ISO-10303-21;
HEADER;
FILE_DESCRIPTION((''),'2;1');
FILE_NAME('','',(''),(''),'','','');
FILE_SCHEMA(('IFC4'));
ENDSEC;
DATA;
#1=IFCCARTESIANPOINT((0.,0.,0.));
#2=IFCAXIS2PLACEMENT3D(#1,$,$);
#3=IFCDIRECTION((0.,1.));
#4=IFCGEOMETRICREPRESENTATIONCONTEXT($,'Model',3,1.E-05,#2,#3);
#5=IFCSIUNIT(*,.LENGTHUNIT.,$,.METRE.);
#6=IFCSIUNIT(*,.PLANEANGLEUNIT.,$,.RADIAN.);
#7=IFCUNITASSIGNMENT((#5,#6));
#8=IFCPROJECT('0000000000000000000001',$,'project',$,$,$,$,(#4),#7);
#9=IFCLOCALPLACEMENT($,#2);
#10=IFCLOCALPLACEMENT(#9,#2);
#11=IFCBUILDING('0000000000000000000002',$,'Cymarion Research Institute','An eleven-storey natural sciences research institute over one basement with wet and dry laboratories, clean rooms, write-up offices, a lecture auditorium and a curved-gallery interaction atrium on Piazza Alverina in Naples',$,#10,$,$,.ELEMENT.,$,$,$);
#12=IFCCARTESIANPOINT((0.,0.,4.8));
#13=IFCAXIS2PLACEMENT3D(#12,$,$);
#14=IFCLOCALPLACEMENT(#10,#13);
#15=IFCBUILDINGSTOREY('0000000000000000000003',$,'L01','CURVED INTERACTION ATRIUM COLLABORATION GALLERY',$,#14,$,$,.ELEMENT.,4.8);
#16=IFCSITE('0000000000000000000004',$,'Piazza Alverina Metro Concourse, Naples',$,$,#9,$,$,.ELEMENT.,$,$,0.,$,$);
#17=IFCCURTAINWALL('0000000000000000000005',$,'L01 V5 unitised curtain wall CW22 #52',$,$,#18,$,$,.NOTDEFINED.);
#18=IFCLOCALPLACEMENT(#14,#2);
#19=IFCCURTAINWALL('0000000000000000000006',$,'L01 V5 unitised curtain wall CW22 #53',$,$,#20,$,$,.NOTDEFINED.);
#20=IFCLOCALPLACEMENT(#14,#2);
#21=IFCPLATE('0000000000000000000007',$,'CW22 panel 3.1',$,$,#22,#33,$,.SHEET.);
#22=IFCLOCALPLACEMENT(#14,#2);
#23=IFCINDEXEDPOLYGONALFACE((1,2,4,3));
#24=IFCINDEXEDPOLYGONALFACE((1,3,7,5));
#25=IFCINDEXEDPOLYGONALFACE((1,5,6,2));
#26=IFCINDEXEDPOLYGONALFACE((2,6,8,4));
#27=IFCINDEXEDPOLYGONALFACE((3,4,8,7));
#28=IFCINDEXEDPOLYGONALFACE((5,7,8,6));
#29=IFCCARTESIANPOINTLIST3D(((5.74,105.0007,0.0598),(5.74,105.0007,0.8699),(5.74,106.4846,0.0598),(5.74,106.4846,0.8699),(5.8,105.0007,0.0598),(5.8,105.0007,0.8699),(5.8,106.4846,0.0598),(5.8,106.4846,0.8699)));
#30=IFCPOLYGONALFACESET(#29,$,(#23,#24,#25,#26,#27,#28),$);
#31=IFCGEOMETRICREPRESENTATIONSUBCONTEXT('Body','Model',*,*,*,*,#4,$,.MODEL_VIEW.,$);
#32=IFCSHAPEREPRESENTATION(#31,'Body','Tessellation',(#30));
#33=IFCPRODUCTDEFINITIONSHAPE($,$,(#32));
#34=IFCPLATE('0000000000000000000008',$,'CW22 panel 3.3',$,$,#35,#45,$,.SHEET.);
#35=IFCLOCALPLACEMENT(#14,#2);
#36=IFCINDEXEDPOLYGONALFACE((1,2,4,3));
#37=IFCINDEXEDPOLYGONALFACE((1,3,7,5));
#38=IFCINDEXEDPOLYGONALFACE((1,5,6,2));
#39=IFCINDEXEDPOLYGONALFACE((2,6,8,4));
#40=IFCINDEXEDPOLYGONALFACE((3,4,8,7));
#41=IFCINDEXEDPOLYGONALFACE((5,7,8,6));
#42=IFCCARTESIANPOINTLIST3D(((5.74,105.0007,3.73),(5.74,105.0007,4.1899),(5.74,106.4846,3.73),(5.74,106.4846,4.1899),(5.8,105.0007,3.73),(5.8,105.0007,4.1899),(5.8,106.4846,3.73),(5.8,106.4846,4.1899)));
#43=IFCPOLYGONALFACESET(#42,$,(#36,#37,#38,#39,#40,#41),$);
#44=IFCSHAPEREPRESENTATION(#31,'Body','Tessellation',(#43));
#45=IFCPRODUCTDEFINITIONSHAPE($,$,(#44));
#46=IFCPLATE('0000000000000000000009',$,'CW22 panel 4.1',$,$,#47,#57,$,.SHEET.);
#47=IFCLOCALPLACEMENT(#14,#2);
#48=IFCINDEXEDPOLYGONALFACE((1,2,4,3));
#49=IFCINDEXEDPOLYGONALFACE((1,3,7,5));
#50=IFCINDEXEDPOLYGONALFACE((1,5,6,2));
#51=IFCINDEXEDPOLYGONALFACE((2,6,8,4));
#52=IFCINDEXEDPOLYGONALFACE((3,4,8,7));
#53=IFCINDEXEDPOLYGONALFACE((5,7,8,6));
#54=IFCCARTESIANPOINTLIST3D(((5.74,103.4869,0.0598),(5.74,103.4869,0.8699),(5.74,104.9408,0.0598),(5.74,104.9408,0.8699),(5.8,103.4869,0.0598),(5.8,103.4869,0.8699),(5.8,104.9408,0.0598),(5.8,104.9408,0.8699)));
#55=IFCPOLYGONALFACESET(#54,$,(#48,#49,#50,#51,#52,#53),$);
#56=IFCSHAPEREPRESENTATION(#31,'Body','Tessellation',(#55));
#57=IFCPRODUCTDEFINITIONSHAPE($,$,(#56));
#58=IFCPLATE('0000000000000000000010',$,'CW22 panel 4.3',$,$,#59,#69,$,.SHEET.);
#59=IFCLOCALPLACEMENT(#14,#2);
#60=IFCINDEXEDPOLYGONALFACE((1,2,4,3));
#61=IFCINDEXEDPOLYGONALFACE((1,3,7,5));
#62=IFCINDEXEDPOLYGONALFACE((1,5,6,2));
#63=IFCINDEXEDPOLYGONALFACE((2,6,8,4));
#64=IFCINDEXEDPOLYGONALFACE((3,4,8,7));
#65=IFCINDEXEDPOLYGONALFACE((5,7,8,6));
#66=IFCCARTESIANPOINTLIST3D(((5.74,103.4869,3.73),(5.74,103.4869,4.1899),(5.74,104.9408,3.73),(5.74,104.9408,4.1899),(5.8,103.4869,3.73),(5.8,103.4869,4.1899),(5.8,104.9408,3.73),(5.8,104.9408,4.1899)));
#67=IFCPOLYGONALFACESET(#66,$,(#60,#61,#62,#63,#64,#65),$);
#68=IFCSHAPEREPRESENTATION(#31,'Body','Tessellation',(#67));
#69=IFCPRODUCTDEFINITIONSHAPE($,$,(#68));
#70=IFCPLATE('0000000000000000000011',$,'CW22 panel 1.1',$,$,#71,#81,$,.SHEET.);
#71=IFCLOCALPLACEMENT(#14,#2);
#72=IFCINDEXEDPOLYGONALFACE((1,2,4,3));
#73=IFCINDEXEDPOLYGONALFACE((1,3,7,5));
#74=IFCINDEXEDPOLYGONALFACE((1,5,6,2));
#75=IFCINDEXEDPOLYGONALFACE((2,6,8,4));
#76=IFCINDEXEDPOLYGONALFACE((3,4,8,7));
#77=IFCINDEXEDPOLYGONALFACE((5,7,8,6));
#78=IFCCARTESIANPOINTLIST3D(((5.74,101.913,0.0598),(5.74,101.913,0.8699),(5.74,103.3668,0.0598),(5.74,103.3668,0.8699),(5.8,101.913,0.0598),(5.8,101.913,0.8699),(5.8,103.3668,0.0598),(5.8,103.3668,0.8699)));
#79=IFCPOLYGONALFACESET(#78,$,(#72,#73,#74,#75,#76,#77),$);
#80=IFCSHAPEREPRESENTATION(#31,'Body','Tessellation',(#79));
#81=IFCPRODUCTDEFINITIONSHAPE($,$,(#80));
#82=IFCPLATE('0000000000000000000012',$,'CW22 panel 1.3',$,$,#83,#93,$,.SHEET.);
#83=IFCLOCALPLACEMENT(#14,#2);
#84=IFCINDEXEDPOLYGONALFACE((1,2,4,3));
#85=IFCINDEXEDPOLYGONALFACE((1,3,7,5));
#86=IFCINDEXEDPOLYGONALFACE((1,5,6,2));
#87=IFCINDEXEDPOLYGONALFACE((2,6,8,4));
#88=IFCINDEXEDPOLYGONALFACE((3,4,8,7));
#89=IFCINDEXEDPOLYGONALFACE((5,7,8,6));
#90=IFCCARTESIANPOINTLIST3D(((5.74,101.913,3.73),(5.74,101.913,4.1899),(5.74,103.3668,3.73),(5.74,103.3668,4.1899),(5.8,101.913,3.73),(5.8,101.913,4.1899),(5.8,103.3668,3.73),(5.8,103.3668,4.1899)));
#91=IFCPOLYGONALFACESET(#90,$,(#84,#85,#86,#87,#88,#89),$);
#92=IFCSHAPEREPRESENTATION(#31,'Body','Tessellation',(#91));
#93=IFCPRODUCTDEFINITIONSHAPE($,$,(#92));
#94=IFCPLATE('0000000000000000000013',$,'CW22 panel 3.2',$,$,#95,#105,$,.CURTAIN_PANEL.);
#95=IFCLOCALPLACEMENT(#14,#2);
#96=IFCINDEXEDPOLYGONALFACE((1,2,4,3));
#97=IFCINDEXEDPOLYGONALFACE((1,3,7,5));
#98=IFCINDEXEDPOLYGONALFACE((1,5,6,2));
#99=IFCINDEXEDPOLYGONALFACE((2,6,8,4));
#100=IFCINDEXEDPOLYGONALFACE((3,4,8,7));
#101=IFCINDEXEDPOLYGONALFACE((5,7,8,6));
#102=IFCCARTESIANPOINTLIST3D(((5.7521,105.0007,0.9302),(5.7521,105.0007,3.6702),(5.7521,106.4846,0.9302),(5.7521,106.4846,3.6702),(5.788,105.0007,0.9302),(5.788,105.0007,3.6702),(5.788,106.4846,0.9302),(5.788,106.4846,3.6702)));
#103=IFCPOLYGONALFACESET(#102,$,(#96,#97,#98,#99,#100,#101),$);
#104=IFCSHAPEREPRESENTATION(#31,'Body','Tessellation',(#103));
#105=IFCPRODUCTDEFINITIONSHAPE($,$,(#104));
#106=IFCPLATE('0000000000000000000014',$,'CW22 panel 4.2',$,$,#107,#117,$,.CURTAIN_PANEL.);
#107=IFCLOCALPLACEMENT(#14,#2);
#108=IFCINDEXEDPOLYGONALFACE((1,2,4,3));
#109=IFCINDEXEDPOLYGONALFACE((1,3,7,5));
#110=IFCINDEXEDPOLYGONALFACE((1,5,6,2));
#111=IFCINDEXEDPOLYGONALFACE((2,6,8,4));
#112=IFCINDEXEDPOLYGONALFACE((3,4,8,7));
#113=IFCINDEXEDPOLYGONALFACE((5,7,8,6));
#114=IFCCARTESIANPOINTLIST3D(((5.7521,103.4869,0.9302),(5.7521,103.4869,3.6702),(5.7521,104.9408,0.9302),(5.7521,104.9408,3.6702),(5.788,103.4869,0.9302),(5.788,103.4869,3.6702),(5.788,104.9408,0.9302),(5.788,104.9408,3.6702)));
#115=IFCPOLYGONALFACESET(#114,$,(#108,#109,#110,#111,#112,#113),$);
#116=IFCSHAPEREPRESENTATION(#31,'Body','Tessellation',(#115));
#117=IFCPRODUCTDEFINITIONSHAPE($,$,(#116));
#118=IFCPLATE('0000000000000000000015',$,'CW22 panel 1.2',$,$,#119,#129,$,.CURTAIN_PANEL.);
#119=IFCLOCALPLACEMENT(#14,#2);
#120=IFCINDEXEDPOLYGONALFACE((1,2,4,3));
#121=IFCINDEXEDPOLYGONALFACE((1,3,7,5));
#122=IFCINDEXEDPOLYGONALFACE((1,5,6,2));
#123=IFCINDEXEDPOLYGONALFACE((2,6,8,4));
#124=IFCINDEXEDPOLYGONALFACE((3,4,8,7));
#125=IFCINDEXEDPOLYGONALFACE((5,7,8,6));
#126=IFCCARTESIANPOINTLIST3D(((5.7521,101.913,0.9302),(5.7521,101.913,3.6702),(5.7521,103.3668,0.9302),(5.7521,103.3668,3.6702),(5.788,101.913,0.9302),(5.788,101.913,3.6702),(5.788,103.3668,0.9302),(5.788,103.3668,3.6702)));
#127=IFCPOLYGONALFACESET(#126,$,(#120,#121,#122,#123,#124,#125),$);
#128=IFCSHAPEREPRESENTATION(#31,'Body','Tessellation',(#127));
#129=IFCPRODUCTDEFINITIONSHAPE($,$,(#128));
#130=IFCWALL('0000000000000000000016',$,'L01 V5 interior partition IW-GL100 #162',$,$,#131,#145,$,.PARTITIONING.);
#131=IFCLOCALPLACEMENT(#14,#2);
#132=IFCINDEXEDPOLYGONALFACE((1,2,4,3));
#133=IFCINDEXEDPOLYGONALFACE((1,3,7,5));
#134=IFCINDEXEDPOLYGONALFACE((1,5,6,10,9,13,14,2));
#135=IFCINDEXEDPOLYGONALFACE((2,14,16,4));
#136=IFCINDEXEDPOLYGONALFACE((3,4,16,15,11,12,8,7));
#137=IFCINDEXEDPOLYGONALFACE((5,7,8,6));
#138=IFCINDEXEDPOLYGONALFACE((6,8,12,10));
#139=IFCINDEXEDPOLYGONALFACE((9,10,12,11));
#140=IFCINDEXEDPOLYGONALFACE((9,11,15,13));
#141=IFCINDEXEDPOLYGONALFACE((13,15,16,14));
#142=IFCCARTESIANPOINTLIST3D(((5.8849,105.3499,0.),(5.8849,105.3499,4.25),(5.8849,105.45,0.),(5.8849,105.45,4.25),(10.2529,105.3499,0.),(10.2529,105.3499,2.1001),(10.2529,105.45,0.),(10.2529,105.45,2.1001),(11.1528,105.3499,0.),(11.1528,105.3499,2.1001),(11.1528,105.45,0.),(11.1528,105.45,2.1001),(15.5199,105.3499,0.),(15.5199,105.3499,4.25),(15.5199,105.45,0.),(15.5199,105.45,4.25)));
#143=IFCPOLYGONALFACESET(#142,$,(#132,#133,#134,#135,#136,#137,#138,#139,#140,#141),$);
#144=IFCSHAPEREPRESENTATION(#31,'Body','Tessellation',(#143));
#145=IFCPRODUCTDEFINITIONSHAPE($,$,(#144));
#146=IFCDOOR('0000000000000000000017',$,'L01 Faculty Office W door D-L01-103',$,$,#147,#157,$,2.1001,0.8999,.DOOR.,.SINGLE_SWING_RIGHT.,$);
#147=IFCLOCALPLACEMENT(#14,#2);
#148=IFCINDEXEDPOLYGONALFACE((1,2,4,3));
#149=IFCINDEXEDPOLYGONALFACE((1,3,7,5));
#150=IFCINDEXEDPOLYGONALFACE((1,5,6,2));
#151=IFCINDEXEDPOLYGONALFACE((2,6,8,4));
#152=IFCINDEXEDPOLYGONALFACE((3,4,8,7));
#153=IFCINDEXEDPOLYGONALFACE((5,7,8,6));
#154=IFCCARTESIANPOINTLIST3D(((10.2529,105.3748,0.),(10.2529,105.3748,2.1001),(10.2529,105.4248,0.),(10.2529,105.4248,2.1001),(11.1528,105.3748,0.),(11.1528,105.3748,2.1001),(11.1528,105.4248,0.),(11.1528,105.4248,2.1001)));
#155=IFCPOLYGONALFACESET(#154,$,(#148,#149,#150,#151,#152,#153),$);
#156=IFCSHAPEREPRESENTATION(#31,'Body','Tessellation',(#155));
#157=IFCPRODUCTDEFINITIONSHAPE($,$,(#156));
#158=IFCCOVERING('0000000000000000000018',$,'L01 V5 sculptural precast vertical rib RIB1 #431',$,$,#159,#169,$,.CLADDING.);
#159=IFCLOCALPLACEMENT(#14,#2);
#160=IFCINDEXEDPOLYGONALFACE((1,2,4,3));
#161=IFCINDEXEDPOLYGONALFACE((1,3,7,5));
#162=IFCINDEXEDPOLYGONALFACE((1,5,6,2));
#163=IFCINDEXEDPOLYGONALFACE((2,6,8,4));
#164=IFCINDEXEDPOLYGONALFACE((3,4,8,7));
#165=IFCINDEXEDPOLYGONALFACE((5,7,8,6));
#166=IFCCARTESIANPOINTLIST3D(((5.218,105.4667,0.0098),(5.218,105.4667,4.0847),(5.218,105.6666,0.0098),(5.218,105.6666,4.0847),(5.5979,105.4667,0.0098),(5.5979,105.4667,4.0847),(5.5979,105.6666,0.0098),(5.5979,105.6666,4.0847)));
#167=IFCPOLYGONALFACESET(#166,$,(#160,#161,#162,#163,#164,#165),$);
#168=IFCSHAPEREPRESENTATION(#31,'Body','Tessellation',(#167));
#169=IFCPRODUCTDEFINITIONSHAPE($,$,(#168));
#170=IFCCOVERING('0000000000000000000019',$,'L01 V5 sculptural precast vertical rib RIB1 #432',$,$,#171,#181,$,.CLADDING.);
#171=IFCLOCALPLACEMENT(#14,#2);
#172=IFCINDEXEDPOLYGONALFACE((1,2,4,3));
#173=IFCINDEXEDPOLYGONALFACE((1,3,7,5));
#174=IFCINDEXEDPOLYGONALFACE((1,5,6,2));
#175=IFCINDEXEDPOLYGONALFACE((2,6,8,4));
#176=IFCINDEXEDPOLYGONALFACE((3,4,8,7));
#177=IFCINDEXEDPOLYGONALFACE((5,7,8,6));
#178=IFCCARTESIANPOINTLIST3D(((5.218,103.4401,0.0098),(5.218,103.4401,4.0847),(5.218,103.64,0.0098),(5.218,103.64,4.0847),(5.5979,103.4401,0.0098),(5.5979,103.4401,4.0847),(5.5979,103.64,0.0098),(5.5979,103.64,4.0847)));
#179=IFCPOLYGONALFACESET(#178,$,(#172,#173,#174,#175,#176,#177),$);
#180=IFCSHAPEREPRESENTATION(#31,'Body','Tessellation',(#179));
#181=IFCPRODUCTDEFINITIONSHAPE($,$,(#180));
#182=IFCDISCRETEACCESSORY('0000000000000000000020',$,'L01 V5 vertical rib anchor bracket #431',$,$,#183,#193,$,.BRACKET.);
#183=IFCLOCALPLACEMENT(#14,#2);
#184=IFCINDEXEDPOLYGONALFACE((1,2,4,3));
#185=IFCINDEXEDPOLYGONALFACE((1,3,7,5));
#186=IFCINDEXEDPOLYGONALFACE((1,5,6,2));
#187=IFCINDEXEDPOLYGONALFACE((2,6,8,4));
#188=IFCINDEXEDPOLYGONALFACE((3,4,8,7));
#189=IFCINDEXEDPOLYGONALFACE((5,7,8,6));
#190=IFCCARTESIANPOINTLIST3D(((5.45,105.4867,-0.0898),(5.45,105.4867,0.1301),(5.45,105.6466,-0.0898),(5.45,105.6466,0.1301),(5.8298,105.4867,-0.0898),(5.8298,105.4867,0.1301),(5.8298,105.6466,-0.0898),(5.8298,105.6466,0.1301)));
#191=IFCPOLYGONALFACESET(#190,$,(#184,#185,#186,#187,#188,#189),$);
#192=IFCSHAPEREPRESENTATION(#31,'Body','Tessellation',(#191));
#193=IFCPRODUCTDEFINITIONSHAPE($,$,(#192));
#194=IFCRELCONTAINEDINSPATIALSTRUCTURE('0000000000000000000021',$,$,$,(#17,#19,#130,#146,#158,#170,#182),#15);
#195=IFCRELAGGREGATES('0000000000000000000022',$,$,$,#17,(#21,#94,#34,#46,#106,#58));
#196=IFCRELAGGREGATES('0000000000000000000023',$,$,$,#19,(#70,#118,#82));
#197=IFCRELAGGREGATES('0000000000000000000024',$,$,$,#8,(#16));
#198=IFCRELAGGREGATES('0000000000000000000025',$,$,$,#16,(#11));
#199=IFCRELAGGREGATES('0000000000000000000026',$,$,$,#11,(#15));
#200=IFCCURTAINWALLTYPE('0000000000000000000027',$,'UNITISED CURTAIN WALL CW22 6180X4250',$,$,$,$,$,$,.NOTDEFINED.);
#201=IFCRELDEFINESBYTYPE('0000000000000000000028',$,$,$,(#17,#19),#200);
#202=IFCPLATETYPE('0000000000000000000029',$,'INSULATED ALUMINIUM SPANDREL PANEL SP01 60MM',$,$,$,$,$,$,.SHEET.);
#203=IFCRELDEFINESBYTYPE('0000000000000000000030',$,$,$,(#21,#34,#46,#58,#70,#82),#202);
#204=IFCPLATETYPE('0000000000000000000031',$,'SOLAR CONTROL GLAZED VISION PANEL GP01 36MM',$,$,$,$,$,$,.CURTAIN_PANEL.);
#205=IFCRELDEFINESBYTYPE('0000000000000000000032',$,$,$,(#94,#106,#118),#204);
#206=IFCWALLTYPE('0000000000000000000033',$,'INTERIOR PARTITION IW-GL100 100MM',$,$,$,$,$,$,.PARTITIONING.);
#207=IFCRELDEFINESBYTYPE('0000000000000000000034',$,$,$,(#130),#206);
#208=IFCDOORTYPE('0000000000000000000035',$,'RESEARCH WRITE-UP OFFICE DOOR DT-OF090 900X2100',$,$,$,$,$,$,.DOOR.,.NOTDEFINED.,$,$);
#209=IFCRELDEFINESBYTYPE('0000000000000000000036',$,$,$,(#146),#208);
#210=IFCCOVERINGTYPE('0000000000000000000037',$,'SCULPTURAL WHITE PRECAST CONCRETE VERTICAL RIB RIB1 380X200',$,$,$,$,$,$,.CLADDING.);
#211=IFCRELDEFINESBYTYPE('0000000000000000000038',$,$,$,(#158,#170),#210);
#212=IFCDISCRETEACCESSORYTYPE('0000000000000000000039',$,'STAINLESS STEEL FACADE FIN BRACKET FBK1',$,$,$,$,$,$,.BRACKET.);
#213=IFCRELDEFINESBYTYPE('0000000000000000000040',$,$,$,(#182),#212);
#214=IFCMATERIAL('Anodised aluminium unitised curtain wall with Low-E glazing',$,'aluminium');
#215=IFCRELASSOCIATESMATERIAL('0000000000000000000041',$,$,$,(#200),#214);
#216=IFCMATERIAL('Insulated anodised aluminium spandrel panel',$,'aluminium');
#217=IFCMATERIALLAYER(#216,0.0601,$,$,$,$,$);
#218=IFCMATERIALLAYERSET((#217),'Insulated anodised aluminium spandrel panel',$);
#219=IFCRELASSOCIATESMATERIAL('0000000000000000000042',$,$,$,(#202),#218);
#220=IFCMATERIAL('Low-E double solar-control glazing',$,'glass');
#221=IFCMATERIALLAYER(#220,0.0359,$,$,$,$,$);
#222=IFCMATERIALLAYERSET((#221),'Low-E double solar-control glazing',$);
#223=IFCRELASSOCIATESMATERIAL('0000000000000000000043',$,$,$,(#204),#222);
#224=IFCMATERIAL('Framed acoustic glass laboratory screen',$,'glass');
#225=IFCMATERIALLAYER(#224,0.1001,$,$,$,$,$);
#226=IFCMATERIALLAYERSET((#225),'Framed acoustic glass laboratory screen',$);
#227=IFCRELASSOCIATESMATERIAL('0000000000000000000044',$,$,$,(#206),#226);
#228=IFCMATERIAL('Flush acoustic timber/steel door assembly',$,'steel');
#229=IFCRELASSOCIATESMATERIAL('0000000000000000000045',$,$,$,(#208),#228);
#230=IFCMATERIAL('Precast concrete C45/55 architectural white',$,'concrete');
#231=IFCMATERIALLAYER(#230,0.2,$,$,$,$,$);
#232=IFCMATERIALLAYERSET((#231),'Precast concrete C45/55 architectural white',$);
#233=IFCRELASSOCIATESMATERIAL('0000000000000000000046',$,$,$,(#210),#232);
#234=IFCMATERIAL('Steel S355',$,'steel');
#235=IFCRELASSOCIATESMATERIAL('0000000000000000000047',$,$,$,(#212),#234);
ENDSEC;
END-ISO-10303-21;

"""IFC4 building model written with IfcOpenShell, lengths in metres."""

from ifc_helpers import new_model, si_unit, direction, frame, frame_2d, origin, origin_2d, place, context, subcontext, project, spatial, rectangle, extrude, material, layer, layer_set, type_object, element, fill, aggregate, save


model = new_model("IFC4")

# Units and contexts
model_context = context("Model", 3, precision=1e-05, world=origin(), true_north=direction((0.0, 1.0)))
body_context = subcontext(model_context, "Body", "Model", "MODEL_VIEW")
ifc_project = project(units=[si_unit("LENGTHUNIT", "METRE"), si_unit("PLANEANGLEUNIT", "RADIAN")], contexts=[model_context])

# Site, building, storey
site_placement = place(None, origin())
site = spatial("IfcSite", under=ifc_project, at=site_placement, Name="Piazza Alverina Metro Concourse, Naples", CompositionType="ELEMENT", RefElevation=0.0)
building_placement = place(site_placement, origin())
building = spatial("IfcBuilding", under=site, at=building_placement, Name="Cymarion Research Institute", Description="An eleven-storey natural sciences research institute over one basement with wet and dry laboratories, clean rooms, write-up offices, a lecture auditorium and a curved-gallery interaction atrium on Piazza Alverina in Naples", CompositionType="ELEMENT")
storey_placement = place(building_placement, frame((0.0, 0.0, 4.8)))
storey = spatial("IfcBuildingStorey", under=building, at=storey_placement, Name="L01", Description="CURVED INTERACTION ATRIUM COLLABORATION GALLERY", CompositionType="ELEMENT", Elevation=4.8)

# Curtain walls
ifc_material_1 = material(Name="Anodised aluminium unitised curtain wall with Low-E glazing", Category="aluminium")
curtain_wall_type = type_object("IfcCurtainWallType", Name="UNITISED CURTAIN WALL CW22 6180X4250", PredefinedType="NOTDEFINED", material=ifc_material_1)
curtain_wall_1_placement = place(storey_placement, origin())
curtain_wall_1 = element("IfcCurtainWall", 1, at=curtain_wall_1_placement, inside=storey, type_object=curtain_wall_type, Name="L01 V5 unitised curtain wall CW22 #52", PredefinedType="NOTDEFINED")
curtain_wall_2_placement = place(storey_placement, origin())
curtain_wall_2 = element("IfcCurtainWall", 2, at=curtain_wall_2_placement, inside=storey, type_object=curtain_wall_type, Name="L01 V5 unitised curtain wall CW22 #53", PredefinedType="NOTDEFINED")

# Plates
ifc_material_2 = material(Name="Insulated anodised aluminium spandrel panel", Category="aluminium")
ifc_layer_1 = layer(ifc_material_2, 0.0601)
ifc_layer_set_1 = layer_set([ifc_layer_1], Name="Insulated anodised aluminium spandrel panel")
plate_type_1 = type_object("IfcPlateType", Name="INSULATED ALUMINIUM SPANDREL PANEL SP01 60MM", PredefinedType="SHEET", material=ifc_layer_set_1)
plate_1_placement = place(storey_placement, frame((5.77, 105.7427, 0.0598), z_axis=(0.0, 0.0, 1.0), x_axis=(0.0, -1.0, 0.0)))
plate_1 = element("IfcPlate", 3, at=plate_1_placement, type_object=plate_type_1, Name="CW22 panel 3.1", PredefinedType="SHEET", context=body_context, shape_type="SweptSolid", body=[
    extrude(rectangle(XDim=1.4839, YDim=0.0601, at=origin_2d()), origin(), (0.0, 0.0, 1.0), 0.8101),
])
plate_2_placement = place(storey_placement, frame((5.77, 105.7427, 3.73), z_axis=(0.0, 0.0, 1.0), x_axis=(0.0, -1.0, 0.0)))
plate_2 = element("IfcPlate", 4, at=plate_2_placement, type_object=plate_type_1, Name="CW22 panel 3.3", PredefinedType="SHEET", context=body_context, shape_type="SweptSolid", body=[
    extrude(rectangle(XDim=1.4839, YDim=0.0601, at=origin_2d()), origin(), (0.0, 0.0, 1.0), 0.46),
])
plate_3_placement = place(storey_placement, frame((5.77, 104.2139, 0.0598), z_axis=(0.0, 0.0, 1.0), x_axis=(0.0, -1.0, 0.0)))
plate_3 = element("IfcPlate", 5, at=plate_3_placement, type_object=plate_type_1, Name="CW22 panel 4.1", PredefinedType="SHEET", context=body_context, shape_type="SweptSolid", body=[
    extrude(rectangle(XDim=1.4539, YDim=0.0601, at=origin_2d()), origin(), (0.0, 0.0, 1.0), 0.8101),
])
plate_4_placement = place(storey_placement, frame((5.77, 104.2139, 3.73), z_axis=(0.0, 0.0, 1.0), x_axis=(0.0, -1.0, 0.0)))
plate_4 = element("IfcPlate", 6, at=plate_4_placement, type_object=plate_type_1, Name="CW22 panel 4.3", PredefinedType="SHEET", context=body_context, shape_type="SweptSolid", body=[
    extrude(rectangle(XDim=1.4539, YDim=0.0601, at=origin_2d()), origin(), (0.0, 0.0, 1.0), 0.46),
])
plate_5_placement = place(storey_placement, frame((5.77, 102.6399, 0.0598), z_axis=(0.0, 0.0, 1.0), x_axis=(0.0, -1.0, 0.0)))
plate_5 = element("IfcPlate", 7, at=plate_5_placement, type_object=plate_type_1, Name="CW22 panel 1.1", PredefinedType="SHEET", context=body_context, shape_type="SweptSolid", body=[
    extrude(rectangle(XDim=1.4539, YDim=0.0601, at=origin_2d()), origin(), (0.0, 0.0, 1.0), 0.8101),
])
plate_6_placement = place(storey_placement, frame((5.77, 102.6399, 3.73), z_axis=(0.0, 0.0, 1.0), x_axis=(0.0, -1.0, 0.0)))
plate_6 = element("IfcPlate", 8, at=plate_6_placement, type_object=plate_type_1, Name="CW22 panel 1.3", PredefinedType="SHEET", context=body_context, shape_type="SweptSolid", body=[
    extrude(rectangle(XDim=1.4539, YDim=0.0601, at=origin_2d()), origin(), (0.0, 0.0, 1.0), 0.46),
])
ifc_material_3 = material(Name="Low-E double solar-control glazing", Category="glass")
ifc_layer_2 = layer(ifc_material_3, 0.0359)
ifc_layer_set_2 = layer_set([ifc_layer_2], Name="Low-E double solar-control glazing")
plate_type_2 = type_object("IfcPlateType", Name="SOLAR CONTROL GLAZED VISION PANEL GP01 36MM", PredefinedType="CURTAIN_PANEL", material=ifc_layer_set_2)
plate_7_placement = place(storey_placement, frame((5.77, 105.7427, 0.9302), z_axis=(0.0, 0.0, 1.0), x_axis=(0.0, -1.0, 0.0)))
plate_7 = element("IfcPlate", 9, at=plate_7_placement, type_object=plate_type_2, Name="CW22 panel 3.2", PredefinedType="CURTAIN_PANEL", context=body_context, shape_type="SweptSolid", body=[
    extrude(rectangle(XDim=1.4839, YDim=0.0359, at=origin_2d()), origin(), (0.0, 0.0, 1.0), 2.74),
])
plate_8_placement = place(storey_placement, frame((5.77, 104.2139, 0.9302), z_axis=(0.0, 0.0, 1.0), x_axis=(0.0, -1.0, 0.0)))
plate_8 = element("IfcPlate", 10, at=plate_8_placement, type_object=plate_type_2, Name="CW22 panel 4.2", PredefinedType="CURTAIN_PANEL", context=body_context, shape_type="SweptSolid", body=[
    extrude(rectangle(XDim=1.4539, YDim=0.0359, at=origin_2d()), origin(), (0.0, 0.0, 1.0), 2.74),
])
aggregate(curtain_wall_1, [plate_1, plate_7, plate_2, plate_3, plate_8, plate_4])
plate_9_placement = place(storey_placement, frame((5.77, 102.6399, 0.9302), z_axis=(0.0, 0.0, 1.0), x_axis=(0.0, -1.0, 0.0)))
plate_9 = element("IfcPlate", 11, at=plate_9_placement, type_object=plate_type_2, Name="CW22 panel 1.2", PredefinedType="CURTAIN_PANEL", context=body_context, shape_type="SweptSolid", body=[
    extrude(rectangle(XDim=1.4539, YDim=0.0359, at=origin_2d()), origin(), (0.0, 0.0, 1.0), 2.74),
])
aggregate(curtain_wall_2, [plate_5, plate_9, plate_6])

# Wall, opening, door
ifc_material_4 = material(Name="Framed acoustic glass laboratory screen", Category="glass")
ifc_layer_3 = layer(ifc_material_4, 0.1001)
ifc_layer_set_3 = layer_set([ifc_layer_3], Name="Framed acoustic glass laboratory screen")
wall_type = type_object("IfcWallType", Name="INTERIOR PARTITION IW-GL100 100MM", PredefinedType="PARTITIONING", material=ifc_layer_set_3)
wall_placement = place(storey_placement, frame((5.885, 105.3999, 0.0), z_axis=(0.0, 0.0, 1.0), x_axis=(1.0, 0.0, 0.0)))
wall = element("IfcWall", 12, at=wall_placement, inside=storey, type_object=wall_type, Name="L01 V5 interior partition IW-GL100 #162", PredefinedType="PARTITIONING", context=body_context, shape_type="SweptSolid", body=[
    extrude(rectangle(XDim=9.635, YDim=0.1001, at=frame_2d((4.8174, 0.0))), origin(), (0.0, 0.0, 1.0), 4.25),
])
opening_placement = place(wall_placement, frame((4.3679, 0.0, 0.0)))
opening = element("IfcOpeningElement", 13, at=opening_placement, cuts=wall, PredefinedType="OPENING", context=body_context, shape_type="SweptSolid", body=[
    extrude(rectangle(XDim=0.8999, YDim=2.1001, at=frame_2d((0.45, 1.05))), frame((0.0, 0.0601, 0.0), z_axis=(0.0, -1.0, 0.0), x_axis=(1.0, 0.0, 0.0)), (0.0, 0.0, 1.0), 0.1201),
])
ifc_material_5 = material(Name="Flush acoustic timber/steel door assembly", Category="steel")
door_type = type_object("IfcDoorType", Name="RESEARCH WRITE-UP OFFICE DOOR DT-OF090 900X2100", OperationType="NOTDEFINED", PredefinedType="DOOR", material=ifc_material_5)
door_placement = place(opening_placement, origin())
door = element("IfcDoor", 14, at=door_placement, inside=storey, type_object=door_type, Name="L01 Faculty Office W door D-L01-103", OperationType="SINGLE_SWING_RIGHT", OverallHeight=2.1001, OverallWidth=0.8999, PredefinedType="DOOR", context=body_context, shape_type="SweptSolid", body=[
    extrude(rectangle(XDim=0.8999, YDim=2.1001, at=frame_2d((0.45, 1.05))), frame((0.0, 0.0249, 0.0), z_axis=(0.0, -1.0, 0.0), x_axis=(1.0, 0.0, 0.0)), (0.0, 0.0, 1.0), 0.05),
])
fill(opening, door)

# Coverings
ifc_material_6 = material(Name="Precast concrete C45/55 architectural white", Category="concrete")
ifc_layer_4 = layer(ifc_material_6, 0.2)
ifc_layer_set_4 = layer_set([ifc_layer_4], Name="Precast concrete C45/55 architectural white")
covering_type = type_object("IfcCoveringType", Name="SCULPTURAL WHITE PRECAST CONCRETE VERTICAL RIB RIB1 380X200", PredefinedType="CLADDING", material=ifc_layer_set_4)
for number, where, z_axis, x_axis, name in (
    (15, (5.408, 105.5667, 0.0098), (0.0, 0.0, 1.0), (-1.0, 0.0, 0.0), "L01 V5 sculptural precast vertical rib RIB1 #431"),
    (16, (5.408, 103.54, 0.0098), (0.0, 0.0, 1.0), (-1.0, 0.0, 0.0), "L01 V5 sculptural precast vertical rib RIB1 #432"),
):
    element("IfcCovering", number, at=place(storey_placement, frame(where, z_axis=z_axis, x_axis=x_axis)), inside=storey, type_object=covering_type, Name=name, PredefinedType="CLADDING", context=body_context, shape_type="SweptSolid", body=[
        extrude(rectangle(XDim=0.3799, YDim=0.2, at=origin_2d()), origin(), (0.0, 0.0, 1.0), 4.075),
    ])

# Discrete accessory
ifc_material_7 = material(Name="Steel S355", Category="steel")
discrete_accessory_type = type_object("IfcDiscreteAccessoryType", Name="STAINLESS STEEL FACADE FIN BRACKET FBK1", PredefinedType="BRACKET", material=ifc_material_7)
for number, where, z_axis, x_axis, name in (
    (17, (5.6399, 105.5667, -0.0898), (0.0, 0.0, 1.0), (-1.0, 0.0, 0.0), "L01 V5 vertical rib anchor bracket #431"),
):
    element("IfcDiscreteAccessory", number, at=place(storey_placement, frame(where, z_axis=z_axis, x_axis=x_axis)), inside=storey, type_object=discrete_accessory_type, Name=name, PredefinedType="BRACKET", context=body_context, shape_type="SweptSolid", body=[
        extrude(rectangle(XDim=0.3799, YDim=0.1599, at=origin_2d()), origin(), (0.0, 0.0, 1.0), 0.22),
    ])

save(model, "model.ifc")
